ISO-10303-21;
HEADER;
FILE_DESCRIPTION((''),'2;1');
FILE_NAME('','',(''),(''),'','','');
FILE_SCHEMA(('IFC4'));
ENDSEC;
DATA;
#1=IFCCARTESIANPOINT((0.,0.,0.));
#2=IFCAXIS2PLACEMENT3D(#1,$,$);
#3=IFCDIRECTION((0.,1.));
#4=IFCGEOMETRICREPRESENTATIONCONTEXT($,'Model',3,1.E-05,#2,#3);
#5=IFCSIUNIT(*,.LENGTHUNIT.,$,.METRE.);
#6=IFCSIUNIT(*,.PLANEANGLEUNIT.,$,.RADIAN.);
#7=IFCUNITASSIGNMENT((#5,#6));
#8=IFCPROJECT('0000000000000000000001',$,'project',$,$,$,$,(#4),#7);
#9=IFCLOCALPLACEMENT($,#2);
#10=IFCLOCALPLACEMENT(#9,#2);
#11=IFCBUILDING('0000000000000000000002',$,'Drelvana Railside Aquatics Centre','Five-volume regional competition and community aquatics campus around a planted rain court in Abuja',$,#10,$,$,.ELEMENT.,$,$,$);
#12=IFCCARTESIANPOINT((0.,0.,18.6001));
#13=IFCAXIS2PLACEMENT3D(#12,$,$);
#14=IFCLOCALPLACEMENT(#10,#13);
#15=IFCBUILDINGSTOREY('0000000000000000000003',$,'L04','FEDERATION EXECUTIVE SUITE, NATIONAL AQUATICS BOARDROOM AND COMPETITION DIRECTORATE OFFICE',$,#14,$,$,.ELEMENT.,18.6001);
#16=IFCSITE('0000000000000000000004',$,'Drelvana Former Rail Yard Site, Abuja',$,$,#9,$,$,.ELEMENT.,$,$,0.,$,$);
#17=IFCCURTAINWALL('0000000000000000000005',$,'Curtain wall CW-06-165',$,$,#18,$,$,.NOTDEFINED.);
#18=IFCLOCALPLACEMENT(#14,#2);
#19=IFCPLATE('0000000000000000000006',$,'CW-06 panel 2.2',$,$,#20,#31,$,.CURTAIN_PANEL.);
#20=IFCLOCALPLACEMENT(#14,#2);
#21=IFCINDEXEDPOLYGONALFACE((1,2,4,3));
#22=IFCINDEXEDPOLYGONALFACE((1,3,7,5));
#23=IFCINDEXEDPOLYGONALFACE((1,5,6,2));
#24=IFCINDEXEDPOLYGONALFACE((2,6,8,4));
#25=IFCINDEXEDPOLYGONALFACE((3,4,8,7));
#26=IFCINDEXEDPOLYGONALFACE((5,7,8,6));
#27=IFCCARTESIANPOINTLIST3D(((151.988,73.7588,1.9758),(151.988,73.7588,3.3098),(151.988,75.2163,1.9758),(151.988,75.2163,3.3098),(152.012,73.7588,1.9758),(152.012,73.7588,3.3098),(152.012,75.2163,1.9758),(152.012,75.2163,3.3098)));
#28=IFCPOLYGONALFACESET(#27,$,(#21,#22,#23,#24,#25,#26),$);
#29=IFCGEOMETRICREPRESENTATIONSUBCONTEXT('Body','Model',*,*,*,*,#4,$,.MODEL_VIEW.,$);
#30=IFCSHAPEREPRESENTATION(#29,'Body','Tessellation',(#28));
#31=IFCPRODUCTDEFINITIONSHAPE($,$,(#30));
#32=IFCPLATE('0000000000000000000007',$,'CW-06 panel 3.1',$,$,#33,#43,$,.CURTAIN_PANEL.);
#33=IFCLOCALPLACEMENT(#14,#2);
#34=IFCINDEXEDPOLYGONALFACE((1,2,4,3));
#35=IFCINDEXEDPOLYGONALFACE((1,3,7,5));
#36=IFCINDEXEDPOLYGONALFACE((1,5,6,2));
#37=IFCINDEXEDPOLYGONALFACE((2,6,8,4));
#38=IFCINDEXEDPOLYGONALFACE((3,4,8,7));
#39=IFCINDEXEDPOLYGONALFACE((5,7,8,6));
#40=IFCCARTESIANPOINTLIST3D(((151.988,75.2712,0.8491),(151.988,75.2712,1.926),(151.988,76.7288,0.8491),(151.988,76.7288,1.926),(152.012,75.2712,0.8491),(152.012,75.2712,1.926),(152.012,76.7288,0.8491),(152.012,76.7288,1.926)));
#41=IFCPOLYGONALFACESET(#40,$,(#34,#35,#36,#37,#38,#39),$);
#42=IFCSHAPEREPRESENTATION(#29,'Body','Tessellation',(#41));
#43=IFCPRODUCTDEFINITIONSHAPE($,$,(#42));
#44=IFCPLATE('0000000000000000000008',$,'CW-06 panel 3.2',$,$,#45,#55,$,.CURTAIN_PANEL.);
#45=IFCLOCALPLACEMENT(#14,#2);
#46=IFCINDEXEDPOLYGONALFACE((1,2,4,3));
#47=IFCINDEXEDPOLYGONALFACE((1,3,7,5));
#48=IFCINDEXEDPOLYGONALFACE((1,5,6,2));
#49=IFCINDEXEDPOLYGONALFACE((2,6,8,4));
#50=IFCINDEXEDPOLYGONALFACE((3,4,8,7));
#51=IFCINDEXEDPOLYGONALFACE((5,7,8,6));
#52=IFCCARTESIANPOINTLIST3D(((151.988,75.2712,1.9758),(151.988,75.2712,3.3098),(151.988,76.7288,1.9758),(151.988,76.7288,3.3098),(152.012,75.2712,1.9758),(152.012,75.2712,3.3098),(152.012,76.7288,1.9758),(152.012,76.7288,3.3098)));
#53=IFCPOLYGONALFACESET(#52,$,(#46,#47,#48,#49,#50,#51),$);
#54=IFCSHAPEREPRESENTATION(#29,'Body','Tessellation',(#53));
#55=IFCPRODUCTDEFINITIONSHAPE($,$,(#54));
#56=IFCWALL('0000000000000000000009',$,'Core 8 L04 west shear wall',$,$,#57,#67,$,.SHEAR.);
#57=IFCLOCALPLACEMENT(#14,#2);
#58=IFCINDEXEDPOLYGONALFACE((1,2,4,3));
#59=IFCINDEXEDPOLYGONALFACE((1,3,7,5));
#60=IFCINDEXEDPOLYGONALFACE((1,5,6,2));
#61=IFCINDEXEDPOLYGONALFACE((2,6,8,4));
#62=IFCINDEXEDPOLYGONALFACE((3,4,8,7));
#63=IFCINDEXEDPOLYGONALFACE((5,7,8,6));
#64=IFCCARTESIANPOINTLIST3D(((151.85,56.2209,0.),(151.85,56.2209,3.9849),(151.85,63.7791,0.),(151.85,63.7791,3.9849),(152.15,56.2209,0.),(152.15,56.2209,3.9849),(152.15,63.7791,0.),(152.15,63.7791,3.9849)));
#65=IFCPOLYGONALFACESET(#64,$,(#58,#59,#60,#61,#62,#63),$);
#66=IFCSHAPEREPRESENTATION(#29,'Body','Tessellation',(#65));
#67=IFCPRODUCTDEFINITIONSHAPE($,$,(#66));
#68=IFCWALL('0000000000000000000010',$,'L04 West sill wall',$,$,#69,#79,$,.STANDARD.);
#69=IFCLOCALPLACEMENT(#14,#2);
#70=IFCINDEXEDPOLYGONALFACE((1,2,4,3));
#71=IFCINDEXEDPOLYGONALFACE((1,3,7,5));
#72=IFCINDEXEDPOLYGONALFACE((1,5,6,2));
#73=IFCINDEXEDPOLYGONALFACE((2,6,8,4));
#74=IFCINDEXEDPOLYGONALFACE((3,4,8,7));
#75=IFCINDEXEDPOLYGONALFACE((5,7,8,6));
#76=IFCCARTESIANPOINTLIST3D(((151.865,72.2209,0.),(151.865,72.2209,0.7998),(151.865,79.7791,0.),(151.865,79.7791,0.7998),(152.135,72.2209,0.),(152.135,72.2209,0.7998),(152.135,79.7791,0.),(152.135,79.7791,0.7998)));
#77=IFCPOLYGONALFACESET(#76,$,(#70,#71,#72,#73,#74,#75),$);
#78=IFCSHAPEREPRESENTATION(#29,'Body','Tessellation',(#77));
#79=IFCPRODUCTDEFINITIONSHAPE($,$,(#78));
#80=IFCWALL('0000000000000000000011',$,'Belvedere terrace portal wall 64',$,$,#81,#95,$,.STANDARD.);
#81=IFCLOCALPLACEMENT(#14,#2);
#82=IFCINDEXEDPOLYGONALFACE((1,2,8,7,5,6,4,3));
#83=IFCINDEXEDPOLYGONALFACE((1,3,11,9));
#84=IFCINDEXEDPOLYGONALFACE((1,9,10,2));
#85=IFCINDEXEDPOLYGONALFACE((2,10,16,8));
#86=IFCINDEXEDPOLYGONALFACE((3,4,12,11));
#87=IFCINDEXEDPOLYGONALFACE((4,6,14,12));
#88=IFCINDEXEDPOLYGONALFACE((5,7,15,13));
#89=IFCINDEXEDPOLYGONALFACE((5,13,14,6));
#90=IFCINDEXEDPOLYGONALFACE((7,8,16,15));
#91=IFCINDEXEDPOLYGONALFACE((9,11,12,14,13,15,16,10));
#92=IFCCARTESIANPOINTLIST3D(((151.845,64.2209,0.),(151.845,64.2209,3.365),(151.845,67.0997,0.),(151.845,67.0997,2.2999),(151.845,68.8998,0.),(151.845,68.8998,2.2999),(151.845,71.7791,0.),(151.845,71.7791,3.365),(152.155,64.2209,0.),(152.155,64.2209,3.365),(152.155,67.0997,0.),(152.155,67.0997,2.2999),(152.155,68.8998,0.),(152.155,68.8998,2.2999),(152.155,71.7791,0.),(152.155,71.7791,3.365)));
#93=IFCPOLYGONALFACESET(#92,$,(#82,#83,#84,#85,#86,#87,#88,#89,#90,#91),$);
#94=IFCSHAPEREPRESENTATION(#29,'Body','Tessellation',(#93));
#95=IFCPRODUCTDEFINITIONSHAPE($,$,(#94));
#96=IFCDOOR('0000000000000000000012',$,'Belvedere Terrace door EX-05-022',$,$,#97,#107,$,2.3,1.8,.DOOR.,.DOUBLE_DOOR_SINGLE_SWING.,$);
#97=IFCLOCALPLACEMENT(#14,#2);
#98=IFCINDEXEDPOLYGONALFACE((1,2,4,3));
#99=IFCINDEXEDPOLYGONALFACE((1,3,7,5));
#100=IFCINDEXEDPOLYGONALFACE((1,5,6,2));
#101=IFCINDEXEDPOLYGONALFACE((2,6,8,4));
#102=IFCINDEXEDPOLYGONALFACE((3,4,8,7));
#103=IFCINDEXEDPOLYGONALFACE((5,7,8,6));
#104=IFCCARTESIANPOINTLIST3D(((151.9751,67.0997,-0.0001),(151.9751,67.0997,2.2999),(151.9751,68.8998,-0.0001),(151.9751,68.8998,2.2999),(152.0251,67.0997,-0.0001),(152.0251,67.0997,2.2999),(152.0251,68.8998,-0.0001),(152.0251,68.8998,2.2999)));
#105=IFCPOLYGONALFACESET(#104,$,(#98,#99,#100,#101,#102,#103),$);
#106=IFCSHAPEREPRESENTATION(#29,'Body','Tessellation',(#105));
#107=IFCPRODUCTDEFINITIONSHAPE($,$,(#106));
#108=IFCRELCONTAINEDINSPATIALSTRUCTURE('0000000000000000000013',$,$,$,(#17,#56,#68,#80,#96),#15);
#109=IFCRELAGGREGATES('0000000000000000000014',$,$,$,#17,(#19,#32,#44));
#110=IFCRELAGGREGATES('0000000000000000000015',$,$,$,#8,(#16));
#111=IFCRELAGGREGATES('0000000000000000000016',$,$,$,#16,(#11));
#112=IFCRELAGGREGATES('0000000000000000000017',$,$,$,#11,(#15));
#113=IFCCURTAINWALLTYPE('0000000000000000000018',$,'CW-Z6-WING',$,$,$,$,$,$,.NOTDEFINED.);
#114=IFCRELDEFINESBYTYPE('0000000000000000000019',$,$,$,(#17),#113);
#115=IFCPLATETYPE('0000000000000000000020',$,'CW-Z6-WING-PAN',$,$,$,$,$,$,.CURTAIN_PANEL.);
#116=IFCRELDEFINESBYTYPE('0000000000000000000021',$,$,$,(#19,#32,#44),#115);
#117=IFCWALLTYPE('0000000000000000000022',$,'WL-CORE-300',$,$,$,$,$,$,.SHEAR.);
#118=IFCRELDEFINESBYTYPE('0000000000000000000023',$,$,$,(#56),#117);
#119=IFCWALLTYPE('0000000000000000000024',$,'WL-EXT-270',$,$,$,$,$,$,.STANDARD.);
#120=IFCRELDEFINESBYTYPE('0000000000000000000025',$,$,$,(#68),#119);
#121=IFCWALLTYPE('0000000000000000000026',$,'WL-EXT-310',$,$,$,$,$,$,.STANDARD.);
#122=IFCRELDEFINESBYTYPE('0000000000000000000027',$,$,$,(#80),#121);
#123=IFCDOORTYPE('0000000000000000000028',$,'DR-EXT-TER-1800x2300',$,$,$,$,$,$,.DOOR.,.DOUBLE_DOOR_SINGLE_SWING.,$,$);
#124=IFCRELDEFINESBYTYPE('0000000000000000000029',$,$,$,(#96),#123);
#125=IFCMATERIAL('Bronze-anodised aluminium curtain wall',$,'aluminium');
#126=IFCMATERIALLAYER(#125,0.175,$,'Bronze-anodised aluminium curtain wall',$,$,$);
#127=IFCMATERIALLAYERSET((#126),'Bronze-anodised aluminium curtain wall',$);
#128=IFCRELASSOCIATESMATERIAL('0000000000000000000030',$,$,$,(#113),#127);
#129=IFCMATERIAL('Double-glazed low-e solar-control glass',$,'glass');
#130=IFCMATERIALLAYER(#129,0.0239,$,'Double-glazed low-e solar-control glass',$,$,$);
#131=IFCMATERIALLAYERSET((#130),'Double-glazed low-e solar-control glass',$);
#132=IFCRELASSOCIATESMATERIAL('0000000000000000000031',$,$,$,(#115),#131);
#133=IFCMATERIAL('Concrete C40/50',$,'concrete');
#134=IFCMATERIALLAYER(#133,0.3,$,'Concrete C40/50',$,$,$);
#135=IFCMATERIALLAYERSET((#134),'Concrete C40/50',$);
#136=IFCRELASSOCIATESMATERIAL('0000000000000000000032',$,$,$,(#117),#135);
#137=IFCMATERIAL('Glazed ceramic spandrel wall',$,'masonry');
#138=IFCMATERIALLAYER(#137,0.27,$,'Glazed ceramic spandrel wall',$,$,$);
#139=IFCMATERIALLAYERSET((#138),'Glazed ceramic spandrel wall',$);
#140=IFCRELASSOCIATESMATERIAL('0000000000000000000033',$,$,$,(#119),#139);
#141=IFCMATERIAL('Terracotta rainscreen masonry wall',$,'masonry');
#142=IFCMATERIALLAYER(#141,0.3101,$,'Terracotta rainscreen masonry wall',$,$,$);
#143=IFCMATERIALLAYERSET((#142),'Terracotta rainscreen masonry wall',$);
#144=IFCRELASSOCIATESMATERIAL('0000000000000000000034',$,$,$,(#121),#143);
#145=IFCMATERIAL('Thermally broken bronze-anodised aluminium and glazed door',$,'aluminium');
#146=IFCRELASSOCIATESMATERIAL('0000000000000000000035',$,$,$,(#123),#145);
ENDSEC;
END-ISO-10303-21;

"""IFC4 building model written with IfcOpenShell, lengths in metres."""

from ifc_helpers import new_model, si_unit, direction, frame, frame_2d, origin, origin_2d, place, context, subcontext, project, spatial, rectangle, extrude, material, layer, layer_set, type_object, element, fill, aggregate, save


model = new_model("IFC4")

# Units and contexts
model_context = context("Model", 3, precision=1e-05, world=origin(), true_north=direction((0.0, 1.0)))
body_context = subcontext(model_context, "Body", "Model", "MODEL_VIEW")
ifc_project = project(units=[si_unit("LENGTHUNIT", "METRE"), si_unit("PLANEANGLEUNIT", "RADIAN")], contexts=[model_context])

# Site, building, storey
site_placement = place(None, origin())
site = spatial("IfcSite", under=ifc_project, at=site_placement, Name="Drelvana Former Rail Yard Site, Abuja", CompositionType="ELEMENT", RefElevation=0.0)
building_placement = place(site_placement, origin())
building = spatial("IfcBuilding", under=site, at=building_placement, Name="Drelvana Railside Aquatics Centre", Description="Five-volume regional competition and community aquatics campus around a planted rain court in Abuja", CompositionType="ELEMENT")
storey_placement = place(building_placement, frame((0.0, 0.0, 18.6001)))
storey = spatial("IfcBuildingStorey", under=building, at=storey_placement, Name="L04", Description="FEDERATION EXECUTIVE SUITE, NATIONAL AQUATICS BOARDROOM AND COMPETITION DIRECTORATE OFFICE", CompositionType="ELEMENT", Elevation=18.6001)

# Curtain wall
ifc_material_1 = material(Name="Bronze-anodised aluminium curtain wall", Category="aluminium")
ifc_layer_1 = layer(ifc_material_1, 0.175, Name="Bronze-anodised aluminium curtain wall")
ifc_layer_set_1 = layer_set([ifc_layer_1], Name="Bronze-anodised aluminium curtain wall")
curtain_wall_type = type_object("IfcCurtainWallType", Name="CW-Z6-WING", PredefinedType="NOTDEFINED", material=ifc_layer_set_1)
curtain_wall_1_placement = place(storey_placement, origin())
curtain_wall_1 = element("IfcCurtainWall", 1, at=curtain_wall_1_placement, inside=storey, type_object=curtain_wall_type, Name="Curtain wall CW-06-165", PredefinedType="NOTDEFINED")

# Plates
ifc_material_2 = material(Name="Double-glazed low-e solar-control glass", Category="glass")
ifc_layer_2 = layer(ifc_material_2, 0.0239, Name="Double-glazed low-e solar-control glass")
ifc_layer_set_2 = layer_set([ifc_layer_2], Name="Double-glazed low-e solar-control glass")
plate_type = type_object("IfcPlateType", Name="CW-Z6-WING-PAN", PredefinedType="CURTAIN_PANEL", material=ifc_layer_set_2)
plate_1_placement = place(storey_placement, frame((152.0, 74.4875, 1.9758), z_axis=(0.0, 0.0, 1.0), x_axis=(0.0, 1.0, 0.0)))
plate_1 = element("IfcPlate", 2, at=plate_1_placement, type_object=plate_type, Name="CW-06 panel 2.2", PredefinedType="CURTAIN_PANEL", context=body_context, shape_type="SweptSolid", body=[
    extrude(rectangle(XDim=1.4575, YDim=0.0239, at=origin_2d()), origin(), (0.0, 0.0, 1.0), 1.334),
])
plate_2_placement = place(storey_placement, frame((152.0, 76.0, 0.8491), z_axis=(0.0, 0.0, 1.0), x_axis=(0.0, 1.0, 0.0)))
plate_2 = element("IfcPlate", 3, at=plate_2_placement, type_object=plate_type, Name="CW-06 panel 3.1", PredefinedType="CURTAIN_PANEL", context=body_context, shape_type="SweptSolid", body=[
    extrude(rectangle(XDim=1.4575, YDim=0.0239, at=origin_2d()), origin(), (0.0, 0.0, 1.0), 1.0769),
])
plate_3_placement = place(storey_placement, frame((152.0, 76.0, 1.9758), z_axis=(0.0, 0.0, 1.0), x_axis=(0.0, 1.0, 0.0)))
plate_3 = element("IfcPlate", 4, at=plate_3_placement, type_object=plate_type, Name="CW-06 panel 3.2", PredefinedType="CURTAIN_PANEL", context=body_context, shape_type="SweptSolid", body=[
    extrude(rectangle(XDim=1.4575, YDim=0.0239, at=origin_2d()), origin(), (0.0, 0.0, 1.0), 1.334),
])
aggregate(curtain_wall_1, [plate_1, plate_2, plate_3])

# Walls
ifc_material_3 = material(Name="Concrete C40/50", Category="concrete")
ifc_layer_3 = layer(ifc_material_3, 0.3, Name="Concrete C40/50")
ifc_layer_set_3 = layer_set([ifc_layer_3], Name="Concrete C40/50")
wall_type_1 = type_object("IfcWallType", Name="WL-CORE-300", PredefinedType="SHEAR", material=ifc_layer_set_3)
wall_1_placement = place(storey_placement, frame((152.0, 56.2209, 0.0), z_axis=(0.0, 0.0, 1.0), x_axis=(0.0, 1.0, 0.0)))
element("IfcWall", 5, at=wall_1_placement, inside=storey, type_object=wall_type_1, Name="Core 8 L04 west shear wall", PredefinedType="SHEAR", context=body_context, shape_type="SweptSolid", body=[
    extrude(rectangle(XDim=7.5581, YDim=0.3, at=frame_2d((3.7791, 0.0))), origin(), (0.0, 0.0, 1.0), 3.9849),
])
ifc_material_4 = material(Name="Glazed ceramic spandrel wall", Category="masonry")
ifc_layer_4 = layer(ifc_material_4, 0.27, Name="Glazed ceramic spandrel wall")
ifc_layer_set_4 = layer_set([ifc_layer_4], Name="Glazed ceramic spandrel wall")
wall_type_2 = type_object("IfcWallType", Name="WL-EXT-270", PredefinedType="STANDARD", material=ifc_layer_set_4)
wall_2_placement = place(storey_placement, frame((152.0, 72.2209, 0.0), z_axis=(0.0, 0.0, 1.0), x_axis=(0.0, 1.0, 0.0)))
element("IfcWall", 6, at=wall_2_placement, inside=storey, type_object=wall_type_2, Name="L04 West sill wall", PredefinedType="STANDARD", context=body_context, shape_type="SweptSolid", body=[
    extrude(rectangle(XDim=7.5581, YDim=0.27, at=frame_2d((3.7791, 0.0))), origin(), (0.0, 0.0, 1.0), 0.7998),
])

# Wall, opening, door
ifc_material_5 = material(Name="Terracotta rainscreen masonry wall", Category="masonry")
ifc_layer_5 = layer(ifc_material_5, 0.3101, Name="Terracotta rainscreen masonry wall")
ifc_layer_set_5 = layer_set([ifc_layer_5], Name="Terracotta rainscreen masonry wall")
wall_type_3 = type_object("IfcWallType", Name="WL-EXT-310", PredefinedType="STANDARD", material=ifc_layer_set_5)
wall_3_placement = place(storey_placement, frame((152.0, 64.2209, 0.0), z_axis=(0.0, 0.0, 1.0), x_axis=(0.0, 1.0, 0.0)))
wall_3 = element("IfcWall", 7, at=wall_3_placement, inside=storey, type_object=wall_type_3, Name="Belvedere terrace portal wall 64", PredefinedType="STANDARD", context=body_context, shape_type="SweptSolid", body=[
    extrude(rectangle(XDim=7.5581, YDim=0.3101, at=frame_2d((3.7791, 0.0))), origin(), (0.0, 0.0, 1.0), 3.365),
])
opening_placement = place(wall_3_placement, frame((2.8789, 0.0, 0.0)))
opening = element("IfcOpeningElement", 8, at=opening_placement, cuts=wall_3, PredefinedType="OPENING", context=body_context, shape_type="SweptSolid", body=[
    extrude(rectangle(XDim=1.8, YDim=2.3, at=frame_2d((0.8999, 1.1499))), frame((0.0, 0.165, 0.0), z_axis=(0.0, -1.0, 0.0), x_axis=(1.0, 0.0, 0.0)), (0.0, 0.0, 1.0), 0.3301),
])
ifc_material_6 = material(Name="Thermally broken bronze-anodised aluminium and glazed door", Category="aluminium")
door_type = type_object("IfcDoorType", Name="DR-EXT-TER-1800x2300", OperationType="DOUBLE_DOOR_SINGLE_SWING", PredefinedType="DOOR", material=ifc_material_6)
door_placement = place(opening_placement, origin())
door = element("IfcDoor", 9, at=door_placement, inside=storey, type_object=door_type, Name="Belvedere Terrace door EX-05-022", OperationType="DOUBLE_DOOR_SINGLE_SWING", OverallHeight=2.3, OverallWidth=1.8, PredefinedType="DOOR", context=body_context, shape_type="SweptSolid", body=[
    extrude(rectangle(XDim=1.8, YDim=2.3, at=frame_2d((0.8999, 1.1499))), frame((0.0, 0.0249, 0.0), z_axis=(0.0, -1.0, 0.0), x_axis=(1.0, 0.0, 0.0)), (0.0, 0.0, 1.0), 0.05),
])
fill(opening, door)

save(model, "model.ifc")
